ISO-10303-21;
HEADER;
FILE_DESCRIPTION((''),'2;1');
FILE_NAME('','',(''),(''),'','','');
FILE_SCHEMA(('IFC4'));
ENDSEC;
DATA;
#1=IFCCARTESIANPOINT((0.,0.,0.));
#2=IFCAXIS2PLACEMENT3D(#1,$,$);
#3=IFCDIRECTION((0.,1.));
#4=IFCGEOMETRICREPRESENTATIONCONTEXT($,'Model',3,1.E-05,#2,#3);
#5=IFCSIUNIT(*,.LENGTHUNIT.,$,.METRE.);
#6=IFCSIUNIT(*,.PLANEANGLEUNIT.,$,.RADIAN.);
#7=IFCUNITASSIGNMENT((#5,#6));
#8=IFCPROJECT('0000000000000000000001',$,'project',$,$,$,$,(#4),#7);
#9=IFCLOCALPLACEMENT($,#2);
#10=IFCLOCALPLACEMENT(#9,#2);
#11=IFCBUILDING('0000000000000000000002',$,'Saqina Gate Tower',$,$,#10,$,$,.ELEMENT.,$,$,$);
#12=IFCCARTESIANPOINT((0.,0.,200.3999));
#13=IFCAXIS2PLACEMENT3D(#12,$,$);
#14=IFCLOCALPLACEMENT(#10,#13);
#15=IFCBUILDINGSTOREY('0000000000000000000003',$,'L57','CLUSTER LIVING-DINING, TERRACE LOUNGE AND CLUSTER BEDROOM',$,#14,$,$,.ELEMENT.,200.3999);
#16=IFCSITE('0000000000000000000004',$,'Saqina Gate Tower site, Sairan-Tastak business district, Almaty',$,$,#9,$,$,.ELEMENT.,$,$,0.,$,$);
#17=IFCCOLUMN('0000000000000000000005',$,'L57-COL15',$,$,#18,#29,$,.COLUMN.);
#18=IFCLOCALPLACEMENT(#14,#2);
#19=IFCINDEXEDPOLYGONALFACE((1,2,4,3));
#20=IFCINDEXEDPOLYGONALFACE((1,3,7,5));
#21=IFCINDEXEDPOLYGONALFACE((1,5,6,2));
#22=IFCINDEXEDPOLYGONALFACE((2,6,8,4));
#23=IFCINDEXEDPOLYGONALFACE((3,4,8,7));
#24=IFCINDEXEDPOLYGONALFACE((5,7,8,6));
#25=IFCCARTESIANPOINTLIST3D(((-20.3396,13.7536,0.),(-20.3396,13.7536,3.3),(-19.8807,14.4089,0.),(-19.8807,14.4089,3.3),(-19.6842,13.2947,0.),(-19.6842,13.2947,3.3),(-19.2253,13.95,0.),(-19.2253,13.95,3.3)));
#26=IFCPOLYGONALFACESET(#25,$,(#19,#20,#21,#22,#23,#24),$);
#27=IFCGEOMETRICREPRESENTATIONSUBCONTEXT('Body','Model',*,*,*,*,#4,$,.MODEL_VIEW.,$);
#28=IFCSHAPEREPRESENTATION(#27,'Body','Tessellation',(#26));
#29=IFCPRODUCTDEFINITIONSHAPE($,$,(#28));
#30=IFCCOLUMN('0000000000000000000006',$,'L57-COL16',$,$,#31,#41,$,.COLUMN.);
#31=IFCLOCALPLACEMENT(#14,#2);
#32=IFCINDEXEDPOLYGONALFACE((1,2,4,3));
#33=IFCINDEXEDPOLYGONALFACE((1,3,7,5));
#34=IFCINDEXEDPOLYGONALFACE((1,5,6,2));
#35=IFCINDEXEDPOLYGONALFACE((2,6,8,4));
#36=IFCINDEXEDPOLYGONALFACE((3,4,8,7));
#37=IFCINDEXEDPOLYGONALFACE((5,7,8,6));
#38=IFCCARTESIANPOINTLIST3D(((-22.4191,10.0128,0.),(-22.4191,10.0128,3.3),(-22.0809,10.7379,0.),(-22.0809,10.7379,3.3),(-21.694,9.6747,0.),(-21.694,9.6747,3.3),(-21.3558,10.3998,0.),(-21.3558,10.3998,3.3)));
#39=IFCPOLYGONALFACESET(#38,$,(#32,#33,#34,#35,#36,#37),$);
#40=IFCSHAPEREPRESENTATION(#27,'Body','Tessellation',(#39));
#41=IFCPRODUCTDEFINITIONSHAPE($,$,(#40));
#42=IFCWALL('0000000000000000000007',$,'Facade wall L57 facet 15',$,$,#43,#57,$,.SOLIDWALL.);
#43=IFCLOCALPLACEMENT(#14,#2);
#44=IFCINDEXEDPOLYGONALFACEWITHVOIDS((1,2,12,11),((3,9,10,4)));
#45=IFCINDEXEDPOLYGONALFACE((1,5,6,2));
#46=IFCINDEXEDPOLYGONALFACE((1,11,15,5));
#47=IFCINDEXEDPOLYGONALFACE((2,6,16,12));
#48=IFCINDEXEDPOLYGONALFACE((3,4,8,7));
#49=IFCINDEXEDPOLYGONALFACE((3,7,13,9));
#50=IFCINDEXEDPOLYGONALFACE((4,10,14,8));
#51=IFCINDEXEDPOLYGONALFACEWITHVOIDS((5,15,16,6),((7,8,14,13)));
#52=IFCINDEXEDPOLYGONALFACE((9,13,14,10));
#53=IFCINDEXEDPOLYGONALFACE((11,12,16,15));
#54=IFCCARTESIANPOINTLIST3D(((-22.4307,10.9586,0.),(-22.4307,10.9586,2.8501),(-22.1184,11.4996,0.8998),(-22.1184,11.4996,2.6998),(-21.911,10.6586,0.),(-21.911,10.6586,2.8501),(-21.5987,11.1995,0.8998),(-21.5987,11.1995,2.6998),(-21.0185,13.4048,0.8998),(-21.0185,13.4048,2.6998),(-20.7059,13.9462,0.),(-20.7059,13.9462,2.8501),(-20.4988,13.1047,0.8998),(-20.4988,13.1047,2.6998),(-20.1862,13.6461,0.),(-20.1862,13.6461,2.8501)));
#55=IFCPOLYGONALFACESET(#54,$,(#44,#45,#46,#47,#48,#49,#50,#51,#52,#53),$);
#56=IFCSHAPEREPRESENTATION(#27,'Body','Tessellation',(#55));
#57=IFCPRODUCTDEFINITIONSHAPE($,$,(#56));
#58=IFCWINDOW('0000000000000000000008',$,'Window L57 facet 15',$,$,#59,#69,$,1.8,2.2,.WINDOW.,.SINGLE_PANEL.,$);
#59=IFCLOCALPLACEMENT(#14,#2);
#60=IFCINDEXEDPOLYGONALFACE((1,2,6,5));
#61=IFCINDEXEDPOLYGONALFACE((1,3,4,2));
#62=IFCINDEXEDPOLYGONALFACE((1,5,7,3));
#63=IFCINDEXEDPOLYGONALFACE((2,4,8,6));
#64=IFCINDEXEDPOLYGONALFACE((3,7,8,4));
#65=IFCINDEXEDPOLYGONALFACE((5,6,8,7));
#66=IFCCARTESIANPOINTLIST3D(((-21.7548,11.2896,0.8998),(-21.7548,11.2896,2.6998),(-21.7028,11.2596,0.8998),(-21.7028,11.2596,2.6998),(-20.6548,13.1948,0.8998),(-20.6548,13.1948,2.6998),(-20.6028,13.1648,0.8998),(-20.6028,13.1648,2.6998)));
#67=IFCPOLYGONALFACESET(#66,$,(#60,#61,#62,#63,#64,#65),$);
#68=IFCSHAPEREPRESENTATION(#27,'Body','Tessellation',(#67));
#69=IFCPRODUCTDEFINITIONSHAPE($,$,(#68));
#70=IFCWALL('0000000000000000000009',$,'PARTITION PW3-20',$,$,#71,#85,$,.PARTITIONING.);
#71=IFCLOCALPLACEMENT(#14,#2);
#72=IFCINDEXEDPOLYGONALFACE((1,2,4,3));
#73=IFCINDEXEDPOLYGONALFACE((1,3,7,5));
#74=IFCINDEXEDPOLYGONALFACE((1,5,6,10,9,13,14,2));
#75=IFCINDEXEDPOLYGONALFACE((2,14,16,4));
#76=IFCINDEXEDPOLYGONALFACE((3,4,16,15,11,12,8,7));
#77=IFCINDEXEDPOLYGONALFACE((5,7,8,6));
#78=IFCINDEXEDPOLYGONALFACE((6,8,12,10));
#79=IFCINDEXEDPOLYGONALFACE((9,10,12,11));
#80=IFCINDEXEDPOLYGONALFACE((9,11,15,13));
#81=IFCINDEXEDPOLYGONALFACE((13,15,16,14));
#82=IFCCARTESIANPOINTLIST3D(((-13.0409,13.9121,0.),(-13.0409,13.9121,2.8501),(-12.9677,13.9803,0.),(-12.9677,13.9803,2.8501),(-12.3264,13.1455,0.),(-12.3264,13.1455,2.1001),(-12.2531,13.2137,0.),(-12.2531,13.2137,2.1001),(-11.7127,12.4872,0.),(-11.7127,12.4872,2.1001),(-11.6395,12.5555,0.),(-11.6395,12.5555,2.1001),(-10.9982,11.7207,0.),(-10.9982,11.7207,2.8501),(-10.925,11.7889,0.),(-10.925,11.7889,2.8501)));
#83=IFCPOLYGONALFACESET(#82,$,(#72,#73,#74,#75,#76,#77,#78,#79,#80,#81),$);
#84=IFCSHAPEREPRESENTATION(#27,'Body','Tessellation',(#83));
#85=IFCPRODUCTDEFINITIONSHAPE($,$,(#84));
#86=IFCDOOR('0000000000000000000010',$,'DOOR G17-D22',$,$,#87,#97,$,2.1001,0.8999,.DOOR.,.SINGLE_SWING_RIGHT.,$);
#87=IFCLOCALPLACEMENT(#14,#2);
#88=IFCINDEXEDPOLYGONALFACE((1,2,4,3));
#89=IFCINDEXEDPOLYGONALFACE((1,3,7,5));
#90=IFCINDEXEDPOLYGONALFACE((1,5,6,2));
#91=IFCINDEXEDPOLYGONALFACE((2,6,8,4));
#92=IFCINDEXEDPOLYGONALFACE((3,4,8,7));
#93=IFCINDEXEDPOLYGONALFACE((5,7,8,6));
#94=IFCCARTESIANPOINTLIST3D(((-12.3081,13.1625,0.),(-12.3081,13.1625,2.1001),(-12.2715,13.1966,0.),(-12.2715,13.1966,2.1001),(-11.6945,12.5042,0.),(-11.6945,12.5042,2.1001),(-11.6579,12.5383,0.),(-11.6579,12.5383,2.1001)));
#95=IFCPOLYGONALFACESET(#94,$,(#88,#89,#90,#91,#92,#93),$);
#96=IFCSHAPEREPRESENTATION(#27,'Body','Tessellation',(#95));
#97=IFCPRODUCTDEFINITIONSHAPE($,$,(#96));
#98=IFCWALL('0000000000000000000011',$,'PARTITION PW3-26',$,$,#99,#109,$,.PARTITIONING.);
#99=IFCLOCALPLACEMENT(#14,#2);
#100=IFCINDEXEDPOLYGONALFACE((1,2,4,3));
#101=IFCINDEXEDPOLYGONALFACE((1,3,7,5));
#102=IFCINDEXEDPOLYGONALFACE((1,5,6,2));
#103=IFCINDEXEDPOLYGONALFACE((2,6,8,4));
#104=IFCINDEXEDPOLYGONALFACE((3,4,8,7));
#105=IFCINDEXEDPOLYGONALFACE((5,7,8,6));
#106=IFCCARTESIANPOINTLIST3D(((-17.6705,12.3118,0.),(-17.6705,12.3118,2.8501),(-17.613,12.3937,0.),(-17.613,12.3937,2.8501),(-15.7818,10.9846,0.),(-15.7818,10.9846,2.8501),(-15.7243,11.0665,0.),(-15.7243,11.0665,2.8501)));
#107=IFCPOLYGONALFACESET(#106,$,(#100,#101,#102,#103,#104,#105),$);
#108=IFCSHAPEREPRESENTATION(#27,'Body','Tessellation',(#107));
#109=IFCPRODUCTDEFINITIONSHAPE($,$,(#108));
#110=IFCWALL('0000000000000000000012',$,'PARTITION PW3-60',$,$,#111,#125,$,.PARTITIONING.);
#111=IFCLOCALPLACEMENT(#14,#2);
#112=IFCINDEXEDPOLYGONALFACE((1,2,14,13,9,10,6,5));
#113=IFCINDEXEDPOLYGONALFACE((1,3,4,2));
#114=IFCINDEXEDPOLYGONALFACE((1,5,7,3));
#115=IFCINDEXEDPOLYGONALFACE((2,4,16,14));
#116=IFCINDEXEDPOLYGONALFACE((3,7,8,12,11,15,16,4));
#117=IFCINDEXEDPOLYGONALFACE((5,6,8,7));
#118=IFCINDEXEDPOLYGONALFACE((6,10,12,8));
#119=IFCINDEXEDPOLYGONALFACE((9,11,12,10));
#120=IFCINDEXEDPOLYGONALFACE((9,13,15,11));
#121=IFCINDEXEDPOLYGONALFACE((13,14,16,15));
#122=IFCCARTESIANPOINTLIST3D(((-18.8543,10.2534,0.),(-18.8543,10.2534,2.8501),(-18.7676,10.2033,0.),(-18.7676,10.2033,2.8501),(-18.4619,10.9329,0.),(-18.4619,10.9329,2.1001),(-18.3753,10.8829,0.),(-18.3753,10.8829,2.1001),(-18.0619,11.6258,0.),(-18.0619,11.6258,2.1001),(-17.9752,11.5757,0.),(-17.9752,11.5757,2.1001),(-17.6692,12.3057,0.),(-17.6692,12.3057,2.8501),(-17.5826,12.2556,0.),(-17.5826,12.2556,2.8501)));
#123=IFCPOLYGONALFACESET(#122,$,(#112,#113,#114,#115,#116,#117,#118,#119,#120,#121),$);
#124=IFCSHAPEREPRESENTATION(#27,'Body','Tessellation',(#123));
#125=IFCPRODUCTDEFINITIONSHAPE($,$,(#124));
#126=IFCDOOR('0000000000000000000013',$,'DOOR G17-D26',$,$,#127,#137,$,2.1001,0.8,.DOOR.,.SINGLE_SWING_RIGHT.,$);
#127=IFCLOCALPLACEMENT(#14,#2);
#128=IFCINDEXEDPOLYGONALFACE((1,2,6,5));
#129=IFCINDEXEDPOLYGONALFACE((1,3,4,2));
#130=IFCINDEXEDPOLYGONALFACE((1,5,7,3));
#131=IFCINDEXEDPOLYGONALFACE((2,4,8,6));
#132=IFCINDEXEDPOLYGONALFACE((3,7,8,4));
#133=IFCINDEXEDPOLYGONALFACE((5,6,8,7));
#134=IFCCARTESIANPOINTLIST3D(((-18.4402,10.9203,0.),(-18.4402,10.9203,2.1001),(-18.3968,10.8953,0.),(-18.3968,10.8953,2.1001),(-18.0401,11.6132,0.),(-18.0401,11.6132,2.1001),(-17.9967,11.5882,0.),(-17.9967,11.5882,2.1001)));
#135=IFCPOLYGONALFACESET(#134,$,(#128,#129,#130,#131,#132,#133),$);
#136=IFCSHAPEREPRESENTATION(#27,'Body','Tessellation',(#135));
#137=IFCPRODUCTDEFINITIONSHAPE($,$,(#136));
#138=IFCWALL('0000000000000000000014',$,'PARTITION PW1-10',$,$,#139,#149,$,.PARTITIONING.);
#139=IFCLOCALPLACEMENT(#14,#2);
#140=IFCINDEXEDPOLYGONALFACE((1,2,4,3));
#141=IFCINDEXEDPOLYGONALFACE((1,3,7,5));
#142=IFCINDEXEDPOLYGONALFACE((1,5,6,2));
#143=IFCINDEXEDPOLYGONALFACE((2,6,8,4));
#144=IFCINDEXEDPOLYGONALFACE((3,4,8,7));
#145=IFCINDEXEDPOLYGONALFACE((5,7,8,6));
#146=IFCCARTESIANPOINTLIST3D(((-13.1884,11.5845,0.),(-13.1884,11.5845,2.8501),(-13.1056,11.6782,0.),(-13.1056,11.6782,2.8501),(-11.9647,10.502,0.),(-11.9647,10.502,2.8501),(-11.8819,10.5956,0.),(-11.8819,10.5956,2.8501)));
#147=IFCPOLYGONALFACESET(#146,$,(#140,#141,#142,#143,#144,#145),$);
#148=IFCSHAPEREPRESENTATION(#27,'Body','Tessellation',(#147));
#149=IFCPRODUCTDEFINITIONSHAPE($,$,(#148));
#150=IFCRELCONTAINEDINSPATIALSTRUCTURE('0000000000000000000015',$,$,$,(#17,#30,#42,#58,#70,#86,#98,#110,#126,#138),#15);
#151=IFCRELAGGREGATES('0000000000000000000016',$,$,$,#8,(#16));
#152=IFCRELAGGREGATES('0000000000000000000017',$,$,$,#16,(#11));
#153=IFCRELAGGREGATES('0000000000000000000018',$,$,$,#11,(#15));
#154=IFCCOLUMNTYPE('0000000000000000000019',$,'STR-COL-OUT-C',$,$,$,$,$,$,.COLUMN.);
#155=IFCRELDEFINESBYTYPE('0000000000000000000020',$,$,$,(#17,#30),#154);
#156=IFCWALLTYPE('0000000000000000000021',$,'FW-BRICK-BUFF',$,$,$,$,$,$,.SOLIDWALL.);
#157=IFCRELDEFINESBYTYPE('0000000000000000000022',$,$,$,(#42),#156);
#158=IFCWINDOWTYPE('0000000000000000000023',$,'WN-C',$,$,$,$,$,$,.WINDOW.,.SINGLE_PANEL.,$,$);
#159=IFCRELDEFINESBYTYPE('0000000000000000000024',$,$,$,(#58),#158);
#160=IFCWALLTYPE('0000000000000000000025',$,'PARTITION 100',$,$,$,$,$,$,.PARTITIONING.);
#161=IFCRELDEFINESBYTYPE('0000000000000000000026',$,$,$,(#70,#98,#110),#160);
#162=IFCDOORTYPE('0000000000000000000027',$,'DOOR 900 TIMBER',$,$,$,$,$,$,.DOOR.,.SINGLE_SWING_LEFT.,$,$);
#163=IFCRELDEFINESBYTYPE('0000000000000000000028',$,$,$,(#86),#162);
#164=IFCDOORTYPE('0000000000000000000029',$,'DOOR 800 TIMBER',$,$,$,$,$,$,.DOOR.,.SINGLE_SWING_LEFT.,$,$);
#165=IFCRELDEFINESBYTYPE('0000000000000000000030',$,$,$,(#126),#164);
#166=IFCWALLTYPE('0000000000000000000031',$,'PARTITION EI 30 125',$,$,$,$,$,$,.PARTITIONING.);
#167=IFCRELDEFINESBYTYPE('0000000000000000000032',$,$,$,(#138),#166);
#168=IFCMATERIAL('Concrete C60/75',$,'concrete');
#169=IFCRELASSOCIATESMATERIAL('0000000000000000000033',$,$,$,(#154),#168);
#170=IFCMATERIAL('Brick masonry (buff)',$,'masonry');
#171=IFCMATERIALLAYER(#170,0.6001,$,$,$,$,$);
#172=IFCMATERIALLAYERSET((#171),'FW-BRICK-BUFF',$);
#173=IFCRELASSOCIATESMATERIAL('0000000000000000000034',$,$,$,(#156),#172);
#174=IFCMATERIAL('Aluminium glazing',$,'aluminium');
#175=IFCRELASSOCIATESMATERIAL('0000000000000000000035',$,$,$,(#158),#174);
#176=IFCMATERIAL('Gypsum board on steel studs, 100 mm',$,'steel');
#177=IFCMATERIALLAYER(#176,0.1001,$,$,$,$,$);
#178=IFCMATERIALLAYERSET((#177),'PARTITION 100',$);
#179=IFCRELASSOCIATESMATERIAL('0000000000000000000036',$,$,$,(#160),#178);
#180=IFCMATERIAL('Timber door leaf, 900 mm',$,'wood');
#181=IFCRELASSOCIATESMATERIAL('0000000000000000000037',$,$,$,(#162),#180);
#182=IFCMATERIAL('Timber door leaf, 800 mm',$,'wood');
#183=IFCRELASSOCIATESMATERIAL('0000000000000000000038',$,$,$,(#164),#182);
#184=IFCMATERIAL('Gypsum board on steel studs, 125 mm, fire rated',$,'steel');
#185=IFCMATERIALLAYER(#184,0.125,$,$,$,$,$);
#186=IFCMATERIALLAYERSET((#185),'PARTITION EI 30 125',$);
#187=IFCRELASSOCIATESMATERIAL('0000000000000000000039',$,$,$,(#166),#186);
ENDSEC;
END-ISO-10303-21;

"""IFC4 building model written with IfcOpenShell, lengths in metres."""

from ifc_helpers import new_model, si_unit, direction, frame, frame_2d, origin, origin_2d, place, context, subcontext, project, spatial, rectangle, extrude, material, layer, layer_set, material_profile, profile_set, type_object, element, fill, save


model = new_model("IFC4")

# Units and contexts
model_context = context("Model", 3, precision=1e-05, world=origin(), true_north=direction((0.0, 1.0)))
body_context = subcontext(model_context, "Body", "Model", "MODEL_VIEW")
ifc_project = project(units=[si_unit("LENGTHUNIT", "METRE"), si_unit("PLANEANGLEUNIT", "RADIAN")], contexts=[model_context])

# Site, building, storey
site_placement = place(None, origin())
site = spatial("IfcSite", under=ifc_project, at=site_placement, Name="Saqina Gate Tower site, Sairan-Tastak business district, Almaty", CompositionType="ELEMENT", RefElevation=0.0)
building_placement = place(site_placement, origin())
building = spatial("IfcBuilding", under=site, at=building_placement, Name="Saqina Gate Tower", CompositionType="ELEMENT")
storey_placement = place(building_placement, frame((0.0, 0.0, 200.3999)))
storey = spatial("IfcBuildingStorey", under=building, at=storey_placement, Name="L57", Description="CLUSTER LIVING-DINING, TERRACE LOUNGE AND CLUSTER BEDROOM", CompositionType="ELEMENT", Elevation=200.3999)

# Columns
ifc_material_1 = material(Name="Concrete C60/75", Category="concrete")
ifc_material_profile = material_profile(ifc_material_1, rectangle(XDim=0.8, YDim=0.8, at=origin_2d()), Name="RC 800x800")
ifc_profile_set = profile_set([ifc_material_profile], Name="Concrete C60/75")
column_type = type_object("IfcColumnType", Name="STR-COL-OUT-C", PredefinedType="COLUMN", material=ifc_profile_set)
for number, where, z_axis, x_axis, name in (
    (1, (-19.7825, 13.8518, 0.0), (0.0, 0.0, 1.0), (-0.819152, 0.573576, 0.0), "L57-COL15"),
    (2, (-21.8875, 10.2063, 0.0), (0.0, 0.0, 1.0), (-0.906308, 0.422618, 0.0), "L57-COL16"),
):
    element("IfcColumn", number, at=place(storey_placement, frame(where, z_axis=z_axis, x_axis=x_axis)), inside=storey, type_object=column_type, Name=name, PredefinedType="COLUMN", context=body_context, shape_type="SweptSolid", body=[
        extrude(rectangle(XDim=0.8, YDim=0.8, at=origin_2d()), origin(), (0.0, 0.0, 1.0), 3.3),
    ])

# Wall, opening, window
ifc_material_2 = material(Name="Brick masonry (buff)", Category="masonry")
ifc_layer_1 = layer(ifc_material_2, 0.6001)
ifc_layer_set_1 = layer_set([ifc_layer_1], Name="FW-BRICK-BUFF")
wall_type_1 = type_object("IfcWallType", Name="FW-BRICK-BUFF", PredefinedType="SOLIDWALL", material=ifc_layer_set_1)
wall_1_placement = place(storey_placement, frame((-20.446, 13.7961, 0.0), z_axis=(0.0, 0.0, 1.0), x_axis=(-0.499998, -0.866026, 0.0)))
wall_1 = element("IfcWall", 3, at=wall_1_placement, inside=storey, type_object=wall_type_1, Name="Facade wall L57 facet 15", PredefinedType="SOLIDWALL", context=body_context, shape_type="SweptSolid", body=[
    extrude(rectangle(XDim=3.4497, YDim=0.6001, at=frame_2d((1.7249, 0.0))), origin(), (0.0, 0.0, 1.0), 2.8501),
])
opening_1_placement = place(wall_1_placement, frame((0.625, 0.0, 0.8999)))
opening_1 = element("IfcOpeningElement", 4, at=opening_1_placement, cuts=wall_1, PredefinedType="OPENING", context=body_context, shape_type="SweptSolid", body=[
    extrude(rectangle(XDim=2.2, YDim=1.8, at=frame_2d((1.1001, 0.8999))), frame((0.0, 0.312, 0.0), z_axis=(0.0, -1.0, 0.0), x_axis=(1.0, 0.0, 0.0)), (0.0, 0.0, 1.0), 0.624),
])
ifc_material_3 = material(Name="Aluminium glazing", Category="aluminium")
window_type = type_object("IfcWindowType", Name="WN-C", PartitioningType="SINGLE_PANEL", PredefinedType="WINDOW", material=ifc_material_3)
window_placement = place(opening_1_placement, origin())
window = element("IfcWindow", 5, at=window_placement, inside=storey, type_object=window_type, Name="Window L57 facet 15", OverallHeight=1.8, OverallWidth=2.2, PartitioningType="SINGLE_PANEL", PredefinedType="WINDOW", context=body_context, shape_type="SweptSolid", body=[
    extrude(rectangle(XDim=2.2, YDim=1.8, at=frame_2d((1.1001, 0.8999))), frame((0.0, 0.1799, 0.0), z_axis=(0.0, -1.0, 0.0), x_axis=(1.0, 0.0, 0.0)), (0.0, 0.0, 1.0), 0.0601),
])
fill(opening_1, window)

# Wall, opening, door
ifc_material_4 = material(Name="Gypsum board on steel studs, 100 mm", Category="steel")
ifc_layer_2 = layer(ifc_material_4, 0.1001)
ifc_layer_set_2 = layer_set([ifc_layer_2], Name="PARTITION 100")
wall_type_2 = type_object("IfcWallType", Name="PARTITION 100", PredefinedType="PARTITIONING", material=ifc_layer_set_2)
wall_2_placement = place(storey_placement, frame((-13.0044, 13.9463, 0.0), z_axis=(0.0, 0.0, 1.0), x_axis=(0.681856, -0.731486, 0.0)))
wall_2 = element("IfcWall", 6, at=wall_2_placement, inside=storey, type_object=wall_type_2, Name="PARTITION PW3-20", PredefinedType="PARTITIONING", context=body_context, shape_type="SweptSolid", body=[
    extrude(rectangle(XDim=2.9958, YDim=0.1001, at=frame_2d((1.498, 0.0))), origin(), (0.0, 0.0, 1.0), 2.8501),
])
opening_2_placement = place(wall_2_placement, frame((1.0481, 0.0, 0.0)))
opening_2 = element("IfcOpeningElement", 7, at=opening_2_placement, cuts=wall_2, PredefinedType="OPENING", context=body_context, shape_type="SweptSolid", body=[
    extrude(rectangle(XDim=0.8999, YDim=2.1001, at=frame_2d((0.45, 1.05))), frame((0.0, 0.062, 0.0), z_axis=(0.0, -1.0, 0.0), x_axis=(1.0, 0.0, 0.0)), (0.0, 0.0, 1.0), 0.124),
])
ifc_material_5 = material(Name="Timber door leaf, 900 mm", Category="wood")
door_type_1 = type_object("IfcDoorType", Name="DOOR 900 TIMBER", OperationType="SINGLE_SWING_LEFT", PredefinedType="DOOR", material=ifc_material_5)
door_1_placement = place(opening_2_placement, origin())
door_1 = element("IfcDoor", 8, at=door_1_placement, inside=storey, type_object=door_type_1, Name="DOOR G17-D22", OperationType="SINGLE_SWING_RIGHT", OverallHeight=2.1001, OverallWidth=0.8999, PredefinedType="DOOR", context=body_context, shape_type="SweptSolid", body=[
    extrude(rectangle(XDim=0.8999, YDim=2.1001, at=frame_2d((0.45, 1.05))), frame((0.0, 0.0249, 0.0), z_axis=(0.0, -1.0, 0.0), x_axis=(1.0, 0.0, 0.0)), (0.0, 0.0, 1.0), 0.05),
])
fill(opening_2, door_1)

# Wall
wall_3_placement = place(storey_placement, frame((-17.6418, 12.3528, 0.0), z_axis=(0.0, 0.0, 1.0), x_axis=(0.818197, -0.574938, 0.0)))
element("IfcWall", 9, at=wall_3_placement, inside=storey, type_object=wall_type_2, Name="PARTITION PW3-26", PredefinedType="PARTITIONING", context=body_context, shape_type="SweptSolid", body=[
    extrude(rectangle(XDim=2.3083, YDim=0.1001, at=frame_2d((1.1543, 0.0))), origin(), (0.0, 0.0, 1.0), 2.8501),
])

# Wall, opening, door
wall_4_placement = place(storey_placement, frame((-18.811, 10.2283, 0.0), z_axis=(0.0, 0.0, 1.0), x_axis=(0.500061, 0.86599, 0.0)))
wall_4 = element("IfcWall", 10, at=wall_4_placement, inside=storey, type_object=wall_type_2, Name="PARTITION PW3-60", PredefinedType="PARTITIONING", context=body_context, shape_type="SweptSolid", body=[
    extrude(rectangle(XDim=2.3699, YDim=0.1001, at=frame_2d((1.1851, 0.0))), origin(), (0.0, 0.0, 1.0), 2.8501),
])
opening_3_placement = place(wall_4_placement, frame((0.7849, 0.0, 0.0)))
opening_3 = element("IfcOpeningElement", 11, at=opening_3_placement, cuts=wall_4, PredefinedType="OPENING", context=body_context, shape_type="SweptSolid", body=[
    extrude(rectangle(XDim=0.8, YDim=2.1001, at=frame_2d((0.3999, 1.05))), frame((0.0, 0.062, 0.0), z_axis=(0.0, -1.0, 0.0), x_axis=(1.0, 0.0, 0.0)), (0.0, 0.0, 1.0), 0.124),
])
ifc_material_6 = material(Name="Timber door leaf, 800 mm", Category="wood")
door_type_2 = type_object("IfcDoorType", Name="DOOR 800 TIMBER", OperationType="SINGLE_SWING_LEFT", PredefinedType="DOOR", material=ifc_material_6)
door_2_placement = place(opening_3_placement, origin())
door_2 = element("IfcDoor", 12, at=door_2_placement, inside=storey, type_object=door_type_2, Name="DOOR G17-D26", OperationType="SINGLE_SWING_RIGHT", OverallHeight=2.1001, OverallWidth=0.8, PredefinedType="DOOR", context=body_context, shape_type="SweptSolid", body=[
    extrude(rectangle(XDim=0.8, YDim=2.1001, at=frame_2d((0.3999, 1.05))), frame((0.0, 0.0249, 0.0), z_axis=(0.0, -1.0, 0.0), x_axis=(1.0, 0.0, 0.0)), (0.0, 0.0, 1.0), 0.05),
])
fill(opening_3, door_2)

# Wall
ifc_material_7 = material(Name="Gypsum board on steel studs, 125 mm, fire rated", Category="steel")
ifc_layer_3 = layer(ifc_material_7, 0.125)
ifc_layer_set_3 = layer_set([ifc_layer_3], Name="PARTITION EI 30 125")
wall_type_3 = type_object("IfcWallType", Name="PARTITION EI 30 125", PredefinedType="PARTITIONING", material=ifc_layer_set_3)
wall_5_placement = place(storey_placement, frame((-13.147, 11.6313, 0.0), z_axis=(0.0, 0.0, 1.0), x_axis=(0.748974, -0.6626, 0.0)))
element("IfcWall", 13, at=wall_5_placement, inside=storey, type_object=wall_type_3, Name="PARTITION PW1-10", PredefinedType="PARTITIONING", context=body_context, shape_type="SweptSolid", body=[
    extrude(rectangle(XDim=1.6338, YDim=0.125, at=frame_2d((0.8169, 0.0))), origin(), (0.0, 0.0, 1.0), 2.8501),
])

save(model, "model.ifc")
